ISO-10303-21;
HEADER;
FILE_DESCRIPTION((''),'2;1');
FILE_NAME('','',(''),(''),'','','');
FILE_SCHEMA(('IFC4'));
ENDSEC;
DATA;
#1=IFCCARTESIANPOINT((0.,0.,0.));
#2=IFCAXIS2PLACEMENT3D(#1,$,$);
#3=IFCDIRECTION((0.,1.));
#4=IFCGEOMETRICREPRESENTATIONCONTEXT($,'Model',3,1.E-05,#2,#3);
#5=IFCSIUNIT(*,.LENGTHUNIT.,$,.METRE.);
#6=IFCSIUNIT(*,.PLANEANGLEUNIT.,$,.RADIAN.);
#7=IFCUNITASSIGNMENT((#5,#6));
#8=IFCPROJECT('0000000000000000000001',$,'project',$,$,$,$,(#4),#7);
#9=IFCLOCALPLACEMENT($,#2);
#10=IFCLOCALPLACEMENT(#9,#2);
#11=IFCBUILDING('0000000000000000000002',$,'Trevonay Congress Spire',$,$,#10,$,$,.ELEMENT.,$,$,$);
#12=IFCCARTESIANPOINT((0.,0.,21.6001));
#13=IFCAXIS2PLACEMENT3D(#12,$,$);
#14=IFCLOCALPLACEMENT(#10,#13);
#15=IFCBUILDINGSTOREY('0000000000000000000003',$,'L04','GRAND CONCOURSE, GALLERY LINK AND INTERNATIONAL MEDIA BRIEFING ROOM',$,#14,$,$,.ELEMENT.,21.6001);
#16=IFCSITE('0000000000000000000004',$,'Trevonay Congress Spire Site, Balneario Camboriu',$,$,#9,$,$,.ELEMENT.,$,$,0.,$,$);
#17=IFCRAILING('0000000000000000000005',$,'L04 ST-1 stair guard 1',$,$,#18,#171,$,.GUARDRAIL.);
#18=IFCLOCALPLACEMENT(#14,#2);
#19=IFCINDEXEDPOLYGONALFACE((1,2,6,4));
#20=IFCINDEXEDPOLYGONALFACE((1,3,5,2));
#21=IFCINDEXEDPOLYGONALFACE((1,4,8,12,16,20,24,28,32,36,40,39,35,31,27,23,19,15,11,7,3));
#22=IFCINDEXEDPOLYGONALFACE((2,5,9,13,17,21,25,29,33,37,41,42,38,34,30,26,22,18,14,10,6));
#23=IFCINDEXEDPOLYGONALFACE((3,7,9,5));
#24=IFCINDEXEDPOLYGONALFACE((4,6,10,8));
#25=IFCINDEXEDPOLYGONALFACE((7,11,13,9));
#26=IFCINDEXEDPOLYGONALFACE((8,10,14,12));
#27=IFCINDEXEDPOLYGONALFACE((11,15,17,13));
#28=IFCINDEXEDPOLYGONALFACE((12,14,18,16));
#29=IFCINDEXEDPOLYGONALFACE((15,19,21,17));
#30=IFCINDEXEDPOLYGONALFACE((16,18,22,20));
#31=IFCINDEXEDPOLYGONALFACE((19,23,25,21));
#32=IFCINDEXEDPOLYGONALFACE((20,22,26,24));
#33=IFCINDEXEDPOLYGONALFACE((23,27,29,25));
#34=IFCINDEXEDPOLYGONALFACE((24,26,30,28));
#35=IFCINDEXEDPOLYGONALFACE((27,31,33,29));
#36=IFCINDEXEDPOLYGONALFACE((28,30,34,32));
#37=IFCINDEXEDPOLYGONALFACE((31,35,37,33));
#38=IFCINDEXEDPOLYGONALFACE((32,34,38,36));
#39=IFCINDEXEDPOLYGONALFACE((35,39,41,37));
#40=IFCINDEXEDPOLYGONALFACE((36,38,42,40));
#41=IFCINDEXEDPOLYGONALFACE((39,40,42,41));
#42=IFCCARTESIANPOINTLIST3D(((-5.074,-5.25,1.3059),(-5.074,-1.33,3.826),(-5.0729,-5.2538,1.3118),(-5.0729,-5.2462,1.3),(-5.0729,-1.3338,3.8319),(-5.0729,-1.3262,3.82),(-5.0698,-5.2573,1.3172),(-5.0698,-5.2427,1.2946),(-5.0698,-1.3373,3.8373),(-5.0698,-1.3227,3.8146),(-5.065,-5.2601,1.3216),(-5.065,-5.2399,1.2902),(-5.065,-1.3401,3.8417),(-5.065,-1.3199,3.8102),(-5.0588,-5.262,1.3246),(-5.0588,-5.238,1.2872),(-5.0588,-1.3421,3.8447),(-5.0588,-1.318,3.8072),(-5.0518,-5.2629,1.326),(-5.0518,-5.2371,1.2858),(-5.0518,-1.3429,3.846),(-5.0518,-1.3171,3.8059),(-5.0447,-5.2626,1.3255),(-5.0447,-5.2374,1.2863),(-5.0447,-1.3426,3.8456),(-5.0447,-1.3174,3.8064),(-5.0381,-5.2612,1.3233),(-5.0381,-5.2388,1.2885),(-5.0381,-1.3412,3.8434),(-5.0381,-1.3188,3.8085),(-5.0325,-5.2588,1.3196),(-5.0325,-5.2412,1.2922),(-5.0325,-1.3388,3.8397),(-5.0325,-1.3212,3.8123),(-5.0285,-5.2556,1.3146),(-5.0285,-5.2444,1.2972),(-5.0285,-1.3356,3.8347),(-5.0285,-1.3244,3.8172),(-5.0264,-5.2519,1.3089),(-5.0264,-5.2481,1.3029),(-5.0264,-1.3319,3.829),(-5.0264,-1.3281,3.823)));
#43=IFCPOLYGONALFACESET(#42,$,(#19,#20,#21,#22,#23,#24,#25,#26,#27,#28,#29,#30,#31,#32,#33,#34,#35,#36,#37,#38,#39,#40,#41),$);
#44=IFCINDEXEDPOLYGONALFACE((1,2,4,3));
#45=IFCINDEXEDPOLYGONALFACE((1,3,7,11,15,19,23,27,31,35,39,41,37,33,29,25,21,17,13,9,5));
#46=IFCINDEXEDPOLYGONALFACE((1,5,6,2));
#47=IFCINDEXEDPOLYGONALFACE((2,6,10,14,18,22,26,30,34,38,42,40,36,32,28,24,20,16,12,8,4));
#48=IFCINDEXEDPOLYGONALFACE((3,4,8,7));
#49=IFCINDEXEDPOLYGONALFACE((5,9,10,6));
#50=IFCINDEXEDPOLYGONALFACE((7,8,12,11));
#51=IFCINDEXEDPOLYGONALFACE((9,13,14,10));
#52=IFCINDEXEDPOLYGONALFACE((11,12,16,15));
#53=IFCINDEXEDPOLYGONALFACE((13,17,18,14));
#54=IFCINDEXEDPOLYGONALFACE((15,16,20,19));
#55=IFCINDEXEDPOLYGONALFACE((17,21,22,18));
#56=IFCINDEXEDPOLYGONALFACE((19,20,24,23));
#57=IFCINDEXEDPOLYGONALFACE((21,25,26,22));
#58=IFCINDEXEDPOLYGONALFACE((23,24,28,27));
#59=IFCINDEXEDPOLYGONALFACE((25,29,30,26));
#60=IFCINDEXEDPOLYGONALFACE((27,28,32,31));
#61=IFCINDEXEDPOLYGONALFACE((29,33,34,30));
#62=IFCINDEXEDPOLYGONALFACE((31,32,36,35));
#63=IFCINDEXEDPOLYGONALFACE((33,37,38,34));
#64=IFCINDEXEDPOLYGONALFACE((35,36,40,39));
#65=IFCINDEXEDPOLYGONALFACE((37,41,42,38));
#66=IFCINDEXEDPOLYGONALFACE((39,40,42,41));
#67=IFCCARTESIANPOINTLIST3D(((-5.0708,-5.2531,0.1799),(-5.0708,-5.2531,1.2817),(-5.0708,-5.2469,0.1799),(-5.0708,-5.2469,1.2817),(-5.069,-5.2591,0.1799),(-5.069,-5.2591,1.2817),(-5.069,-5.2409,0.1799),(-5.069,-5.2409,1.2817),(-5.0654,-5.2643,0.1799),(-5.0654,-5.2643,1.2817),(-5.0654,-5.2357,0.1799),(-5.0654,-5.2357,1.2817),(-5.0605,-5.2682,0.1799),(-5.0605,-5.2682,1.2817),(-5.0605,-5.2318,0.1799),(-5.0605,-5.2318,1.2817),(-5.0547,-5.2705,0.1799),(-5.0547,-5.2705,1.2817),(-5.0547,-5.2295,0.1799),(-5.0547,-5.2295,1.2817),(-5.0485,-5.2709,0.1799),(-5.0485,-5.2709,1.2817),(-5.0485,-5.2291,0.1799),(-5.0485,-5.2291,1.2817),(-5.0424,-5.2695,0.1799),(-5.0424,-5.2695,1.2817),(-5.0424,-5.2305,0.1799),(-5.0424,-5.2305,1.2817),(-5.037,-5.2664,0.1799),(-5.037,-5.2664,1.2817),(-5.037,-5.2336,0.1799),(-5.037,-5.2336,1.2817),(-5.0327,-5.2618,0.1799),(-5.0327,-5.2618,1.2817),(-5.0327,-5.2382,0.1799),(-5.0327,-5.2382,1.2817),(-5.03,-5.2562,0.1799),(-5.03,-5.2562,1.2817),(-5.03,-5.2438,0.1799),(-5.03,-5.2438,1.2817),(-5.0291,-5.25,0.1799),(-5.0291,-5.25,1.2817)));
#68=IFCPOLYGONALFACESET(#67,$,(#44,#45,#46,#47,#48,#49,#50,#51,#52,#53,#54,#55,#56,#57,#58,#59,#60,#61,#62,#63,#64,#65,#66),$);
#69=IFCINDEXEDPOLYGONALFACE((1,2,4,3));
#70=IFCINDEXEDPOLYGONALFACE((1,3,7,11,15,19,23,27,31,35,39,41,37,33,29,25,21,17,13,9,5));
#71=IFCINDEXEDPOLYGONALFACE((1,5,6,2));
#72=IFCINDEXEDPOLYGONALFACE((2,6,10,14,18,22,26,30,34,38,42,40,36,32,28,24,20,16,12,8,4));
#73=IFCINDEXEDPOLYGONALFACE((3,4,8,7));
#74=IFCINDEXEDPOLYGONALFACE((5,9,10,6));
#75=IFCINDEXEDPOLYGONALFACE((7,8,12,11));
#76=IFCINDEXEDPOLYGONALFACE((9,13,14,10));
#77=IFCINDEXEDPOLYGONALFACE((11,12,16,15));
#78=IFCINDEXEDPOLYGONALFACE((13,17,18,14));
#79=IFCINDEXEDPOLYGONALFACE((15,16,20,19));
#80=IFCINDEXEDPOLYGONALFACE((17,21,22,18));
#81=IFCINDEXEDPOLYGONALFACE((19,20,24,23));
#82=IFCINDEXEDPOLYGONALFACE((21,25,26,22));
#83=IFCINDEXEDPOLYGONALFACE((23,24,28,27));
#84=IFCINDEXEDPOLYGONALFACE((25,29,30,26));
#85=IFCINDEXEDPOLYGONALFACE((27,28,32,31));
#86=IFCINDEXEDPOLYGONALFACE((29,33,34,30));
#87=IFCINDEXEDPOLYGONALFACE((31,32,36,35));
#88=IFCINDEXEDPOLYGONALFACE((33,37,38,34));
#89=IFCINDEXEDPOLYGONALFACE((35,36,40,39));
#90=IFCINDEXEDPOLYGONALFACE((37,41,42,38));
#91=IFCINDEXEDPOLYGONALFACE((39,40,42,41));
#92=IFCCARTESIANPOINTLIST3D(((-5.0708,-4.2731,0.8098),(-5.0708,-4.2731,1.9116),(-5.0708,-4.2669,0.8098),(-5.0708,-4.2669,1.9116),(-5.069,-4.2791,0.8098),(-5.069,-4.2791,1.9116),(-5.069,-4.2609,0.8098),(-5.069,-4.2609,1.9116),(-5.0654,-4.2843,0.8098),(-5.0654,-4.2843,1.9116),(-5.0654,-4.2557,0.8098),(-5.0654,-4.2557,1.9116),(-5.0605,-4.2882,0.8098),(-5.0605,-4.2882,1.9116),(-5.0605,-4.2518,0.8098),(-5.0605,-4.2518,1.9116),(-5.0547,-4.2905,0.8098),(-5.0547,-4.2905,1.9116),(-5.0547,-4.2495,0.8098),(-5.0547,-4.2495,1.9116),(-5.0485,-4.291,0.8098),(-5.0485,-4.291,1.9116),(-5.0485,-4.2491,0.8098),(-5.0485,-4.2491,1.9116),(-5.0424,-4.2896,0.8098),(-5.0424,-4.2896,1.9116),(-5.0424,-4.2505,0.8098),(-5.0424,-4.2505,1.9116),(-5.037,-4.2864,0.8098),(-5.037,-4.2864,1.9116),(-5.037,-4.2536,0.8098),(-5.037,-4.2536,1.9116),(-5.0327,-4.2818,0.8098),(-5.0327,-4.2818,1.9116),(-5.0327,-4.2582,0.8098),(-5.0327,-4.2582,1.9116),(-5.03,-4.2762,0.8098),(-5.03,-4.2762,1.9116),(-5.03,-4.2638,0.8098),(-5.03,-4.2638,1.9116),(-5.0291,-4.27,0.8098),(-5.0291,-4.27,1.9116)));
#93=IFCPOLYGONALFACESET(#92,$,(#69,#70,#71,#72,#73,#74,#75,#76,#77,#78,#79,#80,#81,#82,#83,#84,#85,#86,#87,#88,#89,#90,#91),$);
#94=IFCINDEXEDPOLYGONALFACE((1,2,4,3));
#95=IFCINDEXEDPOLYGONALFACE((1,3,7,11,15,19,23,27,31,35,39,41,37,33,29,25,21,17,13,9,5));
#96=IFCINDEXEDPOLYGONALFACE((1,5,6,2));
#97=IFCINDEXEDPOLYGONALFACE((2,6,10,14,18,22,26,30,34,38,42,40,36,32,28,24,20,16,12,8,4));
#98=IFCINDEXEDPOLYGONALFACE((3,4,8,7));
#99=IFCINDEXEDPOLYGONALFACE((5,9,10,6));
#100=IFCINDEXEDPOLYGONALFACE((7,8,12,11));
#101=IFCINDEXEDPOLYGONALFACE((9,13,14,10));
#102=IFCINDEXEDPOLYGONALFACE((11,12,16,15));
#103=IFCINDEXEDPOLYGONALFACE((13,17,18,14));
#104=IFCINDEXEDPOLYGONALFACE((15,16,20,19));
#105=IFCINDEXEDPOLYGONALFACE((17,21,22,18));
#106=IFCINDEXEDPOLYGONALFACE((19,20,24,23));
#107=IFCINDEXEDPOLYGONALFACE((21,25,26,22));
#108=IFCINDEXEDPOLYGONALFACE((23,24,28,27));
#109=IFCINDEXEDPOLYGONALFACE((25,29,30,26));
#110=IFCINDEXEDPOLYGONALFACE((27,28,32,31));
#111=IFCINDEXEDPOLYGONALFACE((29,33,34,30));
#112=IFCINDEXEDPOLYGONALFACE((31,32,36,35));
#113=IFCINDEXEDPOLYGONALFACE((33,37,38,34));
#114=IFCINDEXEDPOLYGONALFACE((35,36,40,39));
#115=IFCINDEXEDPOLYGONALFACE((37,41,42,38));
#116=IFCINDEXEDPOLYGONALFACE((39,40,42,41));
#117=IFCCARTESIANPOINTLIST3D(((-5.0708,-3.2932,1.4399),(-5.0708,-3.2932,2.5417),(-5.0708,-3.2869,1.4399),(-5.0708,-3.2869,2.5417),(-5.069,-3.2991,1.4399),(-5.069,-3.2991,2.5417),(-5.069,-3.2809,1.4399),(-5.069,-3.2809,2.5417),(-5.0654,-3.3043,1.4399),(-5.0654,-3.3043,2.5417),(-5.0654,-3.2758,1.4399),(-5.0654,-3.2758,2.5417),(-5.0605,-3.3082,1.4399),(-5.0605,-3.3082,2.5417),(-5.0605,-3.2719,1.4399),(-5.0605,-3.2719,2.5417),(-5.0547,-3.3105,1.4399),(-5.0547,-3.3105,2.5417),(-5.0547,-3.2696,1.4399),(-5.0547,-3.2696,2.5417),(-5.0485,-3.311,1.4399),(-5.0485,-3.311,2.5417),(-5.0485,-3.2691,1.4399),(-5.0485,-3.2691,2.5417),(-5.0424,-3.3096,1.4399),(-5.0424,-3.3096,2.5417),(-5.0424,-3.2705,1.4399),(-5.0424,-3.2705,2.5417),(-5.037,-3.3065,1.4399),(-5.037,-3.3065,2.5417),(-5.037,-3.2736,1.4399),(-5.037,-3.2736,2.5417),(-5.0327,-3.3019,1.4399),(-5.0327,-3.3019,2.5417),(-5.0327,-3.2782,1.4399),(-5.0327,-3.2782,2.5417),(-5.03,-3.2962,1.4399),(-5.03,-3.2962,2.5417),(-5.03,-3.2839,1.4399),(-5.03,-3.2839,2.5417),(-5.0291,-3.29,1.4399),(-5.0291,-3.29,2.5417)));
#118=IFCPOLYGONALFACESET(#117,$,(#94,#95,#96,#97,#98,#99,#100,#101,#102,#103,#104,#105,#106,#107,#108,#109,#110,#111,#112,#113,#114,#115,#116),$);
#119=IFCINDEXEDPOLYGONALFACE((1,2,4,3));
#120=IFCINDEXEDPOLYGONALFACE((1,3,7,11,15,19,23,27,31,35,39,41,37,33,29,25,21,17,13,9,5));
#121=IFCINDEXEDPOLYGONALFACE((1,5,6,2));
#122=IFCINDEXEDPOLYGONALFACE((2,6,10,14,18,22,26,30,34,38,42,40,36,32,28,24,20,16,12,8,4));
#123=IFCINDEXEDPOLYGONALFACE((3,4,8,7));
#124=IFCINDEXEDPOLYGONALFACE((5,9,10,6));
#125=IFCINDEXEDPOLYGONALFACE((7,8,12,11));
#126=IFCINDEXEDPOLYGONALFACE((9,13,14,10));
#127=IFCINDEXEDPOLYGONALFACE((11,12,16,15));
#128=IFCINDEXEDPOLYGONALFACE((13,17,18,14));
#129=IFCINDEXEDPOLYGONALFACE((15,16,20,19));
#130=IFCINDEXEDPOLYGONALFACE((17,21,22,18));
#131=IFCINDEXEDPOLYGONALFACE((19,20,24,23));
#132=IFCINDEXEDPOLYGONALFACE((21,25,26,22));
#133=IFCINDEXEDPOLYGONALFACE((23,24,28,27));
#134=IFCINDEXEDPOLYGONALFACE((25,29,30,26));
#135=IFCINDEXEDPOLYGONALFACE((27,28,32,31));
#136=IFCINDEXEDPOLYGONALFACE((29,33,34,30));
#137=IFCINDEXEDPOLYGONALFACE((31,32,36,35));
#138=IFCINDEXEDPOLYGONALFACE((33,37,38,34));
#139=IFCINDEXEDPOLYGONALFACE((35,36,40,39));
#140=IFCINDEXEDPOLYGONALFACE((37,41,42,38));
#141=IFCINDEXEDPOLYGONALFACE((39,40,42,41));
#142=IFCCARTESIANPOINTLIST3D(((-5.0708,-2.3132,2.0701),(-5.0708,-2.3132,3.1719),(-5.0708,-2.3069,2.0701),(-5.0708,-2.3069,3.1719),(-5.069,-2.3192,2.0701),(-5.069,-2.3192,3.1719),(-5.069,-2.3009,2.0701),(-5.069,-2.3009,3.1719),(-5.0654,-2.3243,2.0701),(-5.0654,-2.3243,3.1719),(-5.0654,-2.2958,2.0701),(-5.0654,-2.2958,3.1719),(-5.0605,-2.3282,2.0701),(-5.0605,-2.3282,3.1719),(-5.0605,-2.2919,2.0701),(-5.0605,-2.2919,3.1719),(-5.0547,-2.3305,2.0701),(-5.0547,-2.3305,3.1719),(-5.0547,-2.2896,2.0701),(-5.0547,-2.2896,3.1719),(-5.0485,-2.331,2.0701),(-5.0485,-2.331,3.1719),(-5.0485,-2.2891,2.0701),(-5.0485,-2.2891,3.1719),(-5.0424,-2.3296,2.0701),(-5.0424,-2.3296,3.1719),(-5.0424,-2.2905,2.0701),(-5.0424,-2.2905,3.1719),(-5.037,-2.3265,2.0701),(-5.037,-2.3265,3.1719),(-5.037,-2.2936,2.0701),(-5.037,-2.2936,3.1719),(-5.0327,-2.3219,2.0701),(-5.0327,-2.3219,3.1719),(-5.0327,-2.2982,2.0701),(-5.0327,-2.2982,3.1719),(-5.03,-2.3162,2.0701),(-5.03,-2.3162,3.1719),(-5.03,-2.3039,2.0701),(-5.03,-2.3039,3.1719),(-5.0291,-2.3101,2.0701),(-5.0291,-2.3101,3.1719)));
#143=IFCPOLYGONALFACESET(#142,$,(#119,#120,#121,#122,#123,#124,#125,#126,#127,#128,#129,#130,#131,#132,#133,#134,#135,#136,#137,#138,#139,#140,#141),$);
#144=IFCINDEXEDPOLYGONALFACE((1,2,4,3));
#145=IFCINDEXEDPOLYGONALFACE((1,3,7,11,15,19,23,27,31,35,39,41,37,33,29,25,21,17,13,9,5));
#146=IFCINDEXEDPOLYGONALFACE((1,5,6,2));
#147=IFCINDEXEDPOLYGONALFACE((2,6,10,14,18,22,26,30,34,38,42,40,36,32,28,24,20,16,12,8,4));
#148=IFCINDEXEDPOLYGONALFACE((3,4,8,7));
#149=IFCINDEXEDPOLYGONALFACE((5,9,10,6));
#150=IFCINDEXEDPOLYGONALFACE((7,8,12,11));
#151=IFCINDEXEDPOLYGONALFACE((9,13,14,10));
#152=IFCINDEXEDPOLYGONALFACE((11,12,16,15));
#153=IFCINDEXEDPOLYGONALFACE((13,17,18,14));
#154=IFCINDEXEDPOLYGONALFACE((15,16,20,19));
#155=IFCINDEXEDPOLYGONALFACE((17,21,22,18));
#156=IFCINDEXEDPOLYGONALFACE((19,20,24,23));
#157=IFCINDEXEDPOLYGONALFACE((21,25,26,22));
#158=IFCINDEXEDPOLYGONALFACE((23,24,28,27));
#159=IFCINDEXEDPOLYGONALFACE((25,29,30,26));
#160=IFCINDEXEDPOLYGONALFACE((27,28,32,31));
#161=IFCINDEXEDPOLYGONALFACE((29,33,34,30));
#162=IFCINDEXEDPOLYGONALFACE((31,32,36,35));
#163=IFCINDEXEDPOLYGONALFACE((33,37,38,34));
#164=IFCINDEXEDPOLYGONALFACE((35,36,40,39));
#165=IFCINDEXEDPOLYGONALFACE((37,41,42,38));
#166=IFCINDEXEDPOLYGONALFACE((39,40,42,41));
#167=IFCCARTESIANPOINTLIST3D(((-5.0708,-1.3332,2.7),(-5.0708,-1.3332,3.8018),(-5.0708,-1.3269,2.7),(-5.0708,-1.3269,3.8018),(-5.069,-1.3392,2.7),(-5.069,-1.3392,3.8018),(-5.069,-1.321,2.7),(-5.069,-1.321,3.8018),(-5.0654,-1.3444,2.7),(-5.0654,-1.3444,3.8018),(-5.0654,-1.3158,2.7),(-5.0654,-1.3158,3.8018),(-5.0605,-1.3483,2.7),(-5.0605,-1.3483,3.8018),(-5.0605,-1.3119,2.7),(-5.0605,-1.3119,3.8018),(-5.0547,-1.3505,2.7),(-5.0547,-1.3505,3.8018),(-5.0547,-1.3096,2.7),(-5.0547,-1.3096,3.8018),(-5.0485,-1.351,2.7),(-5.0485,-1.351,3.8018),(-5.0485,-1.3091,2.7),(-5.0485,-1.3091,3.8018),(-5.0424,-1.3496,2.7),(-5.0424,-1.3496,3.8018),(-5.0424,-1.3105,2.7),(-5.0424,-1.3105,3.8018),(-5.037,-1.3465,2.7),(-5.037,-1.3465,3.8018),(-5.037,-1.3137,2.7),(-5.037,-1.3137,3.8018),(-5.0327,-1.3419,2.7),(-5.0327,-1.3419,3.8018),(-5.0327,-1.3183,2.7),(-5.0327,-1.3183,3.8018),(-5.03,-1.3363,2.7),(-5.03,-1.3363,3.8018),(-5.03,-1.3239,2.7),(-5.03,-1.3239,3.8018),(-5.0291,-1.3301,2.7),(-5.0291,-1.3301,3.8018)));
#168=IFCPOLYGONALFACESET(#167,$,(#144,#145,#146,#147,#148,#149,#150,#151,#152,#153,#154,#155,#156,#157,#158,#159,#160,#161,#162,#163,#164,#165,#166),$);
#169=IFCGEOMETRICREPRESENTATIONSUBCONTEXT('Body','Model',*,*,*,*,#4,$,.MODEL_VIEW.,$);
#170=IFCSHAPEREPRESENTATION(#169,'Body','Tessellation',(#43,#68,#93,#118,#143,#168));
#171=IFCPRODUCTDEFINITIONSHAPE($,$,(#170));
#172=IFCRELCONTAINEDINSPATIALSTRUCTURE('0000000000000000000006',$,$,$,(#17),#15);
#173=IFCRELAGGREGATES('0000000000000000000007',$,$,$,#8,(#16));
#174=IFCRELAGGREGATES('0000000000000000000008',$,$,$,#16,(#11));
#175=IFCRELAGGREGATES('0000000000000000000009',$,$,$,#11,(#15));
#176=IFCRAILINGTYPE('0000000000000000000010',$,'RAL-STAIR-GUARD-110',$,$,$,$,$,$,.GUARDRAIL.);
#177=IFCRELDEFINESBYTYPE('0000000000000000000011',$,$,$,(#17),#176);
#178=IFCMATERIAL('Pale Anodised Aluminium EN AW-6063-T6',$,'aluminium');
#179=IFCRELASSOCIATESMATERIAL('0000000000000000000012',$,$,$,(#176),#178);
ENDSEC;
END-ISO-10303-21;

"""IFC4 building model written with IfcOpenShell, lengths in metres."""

from ifc_helpers import new_model, si_unit, direction, frame, origin, origin_2d, place, context, subcontext, project, spatial, circle, extrude, material, type_object, element, save


model = new_model("IFC4")

# Units and contexts
model_context = context("Model", 3, precision=1e-05, world=origin(), true_north=direction((0.0, 1.0)))
body_context = subcontext(model_context, "Body", "Model", "MODEL_VIEW")
ifc_project = project(units=[si_unit("LENGTHUNIT", "METRE"), si_unit("PLANEANGLEUNIT", "RADIAN")], contexts=[model_context])

# Site, building, storey
site_placement = place(None, origin())
site = spatial("IfcSite", under=ifc_project, at=site_placement, Name="Trevonay Congress Spire Site, Balneario Camboriu", CompositionType="ELEMENT", RefElevation=0.0)
building_placement = place(site_placement, origin())
building = spatial("IfcBuilding", under=site, at=building_placement, Name="Trevonay Congress Spire", CompositionType="ELEMENT")
storey_placement = place(building_placement, frame((0.0, 0.0, 21.6001)))
storey = spatial("IfcBuildingStorey", under=building, at=storey_placement, Name="L04", Description="GRAND CONCOURSE, GALLERY LINK AND INTERNATIONAL MEDIA BRIEFING ROOM", CompositionType="ELEMENT", Elevation=21.6001)

# Shared definitions
ifc_material_1 = material(Name="Pale Anodised Aluminium EN AW-6063-T6", Category="aluminium")

# Railing
railing_type_1 = type_object("IfcRailingType", Name="RAL-STAIR-GUARD-110", PredefinedType="GUARDRAIL", material=ifc_material_1)
railing_1_placement = place(storey_placement, frame((-5.05, -5.25, 0.1799)))
element("IfcRailing", 1, at=railing_1_placement, inside=storey, type_object=railing_type_1, Name="L04 ST-1 stair guard 1", PredefinedType="GUARDRAIL", context=body_context, shape_type="SweptSolid", body=[
    extrude(circle(Radius=0.0239, at=origin_2d()), frame((0.0, 0.0, 1.126), z_axis=(0.0, 0.841172, 0.540768), x_axis=(-1.0, 0.0, 0.0)), (0.0, 0.0, 1.0), 4.6602),
    extrude(circle(Radius=0.021, at=origin_2d()), origin(), (0.0, 0.0, 1.0), 1.1018),
    extrude(circle(Radius=0.021, at=origin_2d()), frame((0.0, 0.98, 0.6299)), (0.0, 0.0, 1.0), 1.1018),
    extrude(circle(Radius=0.021, at=origin_2d()), frame((0.0, 1.96, 1.26)), (0.0, 0.0, 1.0), 1.1018),
    extrude(circle(Radius=0.021, at=origin_2d()), frame((0.0, 2.9399, 1.8901)), (0.0, 0.0, 1.0), 1.1018),
    extrude(circle(Radius=0.021, at=origin_2d()), frame((0.0, 3.9199, 2.52)), (0.0, 0.0, 1.0), 1.1018),
])

save(model, "model.ifc")
